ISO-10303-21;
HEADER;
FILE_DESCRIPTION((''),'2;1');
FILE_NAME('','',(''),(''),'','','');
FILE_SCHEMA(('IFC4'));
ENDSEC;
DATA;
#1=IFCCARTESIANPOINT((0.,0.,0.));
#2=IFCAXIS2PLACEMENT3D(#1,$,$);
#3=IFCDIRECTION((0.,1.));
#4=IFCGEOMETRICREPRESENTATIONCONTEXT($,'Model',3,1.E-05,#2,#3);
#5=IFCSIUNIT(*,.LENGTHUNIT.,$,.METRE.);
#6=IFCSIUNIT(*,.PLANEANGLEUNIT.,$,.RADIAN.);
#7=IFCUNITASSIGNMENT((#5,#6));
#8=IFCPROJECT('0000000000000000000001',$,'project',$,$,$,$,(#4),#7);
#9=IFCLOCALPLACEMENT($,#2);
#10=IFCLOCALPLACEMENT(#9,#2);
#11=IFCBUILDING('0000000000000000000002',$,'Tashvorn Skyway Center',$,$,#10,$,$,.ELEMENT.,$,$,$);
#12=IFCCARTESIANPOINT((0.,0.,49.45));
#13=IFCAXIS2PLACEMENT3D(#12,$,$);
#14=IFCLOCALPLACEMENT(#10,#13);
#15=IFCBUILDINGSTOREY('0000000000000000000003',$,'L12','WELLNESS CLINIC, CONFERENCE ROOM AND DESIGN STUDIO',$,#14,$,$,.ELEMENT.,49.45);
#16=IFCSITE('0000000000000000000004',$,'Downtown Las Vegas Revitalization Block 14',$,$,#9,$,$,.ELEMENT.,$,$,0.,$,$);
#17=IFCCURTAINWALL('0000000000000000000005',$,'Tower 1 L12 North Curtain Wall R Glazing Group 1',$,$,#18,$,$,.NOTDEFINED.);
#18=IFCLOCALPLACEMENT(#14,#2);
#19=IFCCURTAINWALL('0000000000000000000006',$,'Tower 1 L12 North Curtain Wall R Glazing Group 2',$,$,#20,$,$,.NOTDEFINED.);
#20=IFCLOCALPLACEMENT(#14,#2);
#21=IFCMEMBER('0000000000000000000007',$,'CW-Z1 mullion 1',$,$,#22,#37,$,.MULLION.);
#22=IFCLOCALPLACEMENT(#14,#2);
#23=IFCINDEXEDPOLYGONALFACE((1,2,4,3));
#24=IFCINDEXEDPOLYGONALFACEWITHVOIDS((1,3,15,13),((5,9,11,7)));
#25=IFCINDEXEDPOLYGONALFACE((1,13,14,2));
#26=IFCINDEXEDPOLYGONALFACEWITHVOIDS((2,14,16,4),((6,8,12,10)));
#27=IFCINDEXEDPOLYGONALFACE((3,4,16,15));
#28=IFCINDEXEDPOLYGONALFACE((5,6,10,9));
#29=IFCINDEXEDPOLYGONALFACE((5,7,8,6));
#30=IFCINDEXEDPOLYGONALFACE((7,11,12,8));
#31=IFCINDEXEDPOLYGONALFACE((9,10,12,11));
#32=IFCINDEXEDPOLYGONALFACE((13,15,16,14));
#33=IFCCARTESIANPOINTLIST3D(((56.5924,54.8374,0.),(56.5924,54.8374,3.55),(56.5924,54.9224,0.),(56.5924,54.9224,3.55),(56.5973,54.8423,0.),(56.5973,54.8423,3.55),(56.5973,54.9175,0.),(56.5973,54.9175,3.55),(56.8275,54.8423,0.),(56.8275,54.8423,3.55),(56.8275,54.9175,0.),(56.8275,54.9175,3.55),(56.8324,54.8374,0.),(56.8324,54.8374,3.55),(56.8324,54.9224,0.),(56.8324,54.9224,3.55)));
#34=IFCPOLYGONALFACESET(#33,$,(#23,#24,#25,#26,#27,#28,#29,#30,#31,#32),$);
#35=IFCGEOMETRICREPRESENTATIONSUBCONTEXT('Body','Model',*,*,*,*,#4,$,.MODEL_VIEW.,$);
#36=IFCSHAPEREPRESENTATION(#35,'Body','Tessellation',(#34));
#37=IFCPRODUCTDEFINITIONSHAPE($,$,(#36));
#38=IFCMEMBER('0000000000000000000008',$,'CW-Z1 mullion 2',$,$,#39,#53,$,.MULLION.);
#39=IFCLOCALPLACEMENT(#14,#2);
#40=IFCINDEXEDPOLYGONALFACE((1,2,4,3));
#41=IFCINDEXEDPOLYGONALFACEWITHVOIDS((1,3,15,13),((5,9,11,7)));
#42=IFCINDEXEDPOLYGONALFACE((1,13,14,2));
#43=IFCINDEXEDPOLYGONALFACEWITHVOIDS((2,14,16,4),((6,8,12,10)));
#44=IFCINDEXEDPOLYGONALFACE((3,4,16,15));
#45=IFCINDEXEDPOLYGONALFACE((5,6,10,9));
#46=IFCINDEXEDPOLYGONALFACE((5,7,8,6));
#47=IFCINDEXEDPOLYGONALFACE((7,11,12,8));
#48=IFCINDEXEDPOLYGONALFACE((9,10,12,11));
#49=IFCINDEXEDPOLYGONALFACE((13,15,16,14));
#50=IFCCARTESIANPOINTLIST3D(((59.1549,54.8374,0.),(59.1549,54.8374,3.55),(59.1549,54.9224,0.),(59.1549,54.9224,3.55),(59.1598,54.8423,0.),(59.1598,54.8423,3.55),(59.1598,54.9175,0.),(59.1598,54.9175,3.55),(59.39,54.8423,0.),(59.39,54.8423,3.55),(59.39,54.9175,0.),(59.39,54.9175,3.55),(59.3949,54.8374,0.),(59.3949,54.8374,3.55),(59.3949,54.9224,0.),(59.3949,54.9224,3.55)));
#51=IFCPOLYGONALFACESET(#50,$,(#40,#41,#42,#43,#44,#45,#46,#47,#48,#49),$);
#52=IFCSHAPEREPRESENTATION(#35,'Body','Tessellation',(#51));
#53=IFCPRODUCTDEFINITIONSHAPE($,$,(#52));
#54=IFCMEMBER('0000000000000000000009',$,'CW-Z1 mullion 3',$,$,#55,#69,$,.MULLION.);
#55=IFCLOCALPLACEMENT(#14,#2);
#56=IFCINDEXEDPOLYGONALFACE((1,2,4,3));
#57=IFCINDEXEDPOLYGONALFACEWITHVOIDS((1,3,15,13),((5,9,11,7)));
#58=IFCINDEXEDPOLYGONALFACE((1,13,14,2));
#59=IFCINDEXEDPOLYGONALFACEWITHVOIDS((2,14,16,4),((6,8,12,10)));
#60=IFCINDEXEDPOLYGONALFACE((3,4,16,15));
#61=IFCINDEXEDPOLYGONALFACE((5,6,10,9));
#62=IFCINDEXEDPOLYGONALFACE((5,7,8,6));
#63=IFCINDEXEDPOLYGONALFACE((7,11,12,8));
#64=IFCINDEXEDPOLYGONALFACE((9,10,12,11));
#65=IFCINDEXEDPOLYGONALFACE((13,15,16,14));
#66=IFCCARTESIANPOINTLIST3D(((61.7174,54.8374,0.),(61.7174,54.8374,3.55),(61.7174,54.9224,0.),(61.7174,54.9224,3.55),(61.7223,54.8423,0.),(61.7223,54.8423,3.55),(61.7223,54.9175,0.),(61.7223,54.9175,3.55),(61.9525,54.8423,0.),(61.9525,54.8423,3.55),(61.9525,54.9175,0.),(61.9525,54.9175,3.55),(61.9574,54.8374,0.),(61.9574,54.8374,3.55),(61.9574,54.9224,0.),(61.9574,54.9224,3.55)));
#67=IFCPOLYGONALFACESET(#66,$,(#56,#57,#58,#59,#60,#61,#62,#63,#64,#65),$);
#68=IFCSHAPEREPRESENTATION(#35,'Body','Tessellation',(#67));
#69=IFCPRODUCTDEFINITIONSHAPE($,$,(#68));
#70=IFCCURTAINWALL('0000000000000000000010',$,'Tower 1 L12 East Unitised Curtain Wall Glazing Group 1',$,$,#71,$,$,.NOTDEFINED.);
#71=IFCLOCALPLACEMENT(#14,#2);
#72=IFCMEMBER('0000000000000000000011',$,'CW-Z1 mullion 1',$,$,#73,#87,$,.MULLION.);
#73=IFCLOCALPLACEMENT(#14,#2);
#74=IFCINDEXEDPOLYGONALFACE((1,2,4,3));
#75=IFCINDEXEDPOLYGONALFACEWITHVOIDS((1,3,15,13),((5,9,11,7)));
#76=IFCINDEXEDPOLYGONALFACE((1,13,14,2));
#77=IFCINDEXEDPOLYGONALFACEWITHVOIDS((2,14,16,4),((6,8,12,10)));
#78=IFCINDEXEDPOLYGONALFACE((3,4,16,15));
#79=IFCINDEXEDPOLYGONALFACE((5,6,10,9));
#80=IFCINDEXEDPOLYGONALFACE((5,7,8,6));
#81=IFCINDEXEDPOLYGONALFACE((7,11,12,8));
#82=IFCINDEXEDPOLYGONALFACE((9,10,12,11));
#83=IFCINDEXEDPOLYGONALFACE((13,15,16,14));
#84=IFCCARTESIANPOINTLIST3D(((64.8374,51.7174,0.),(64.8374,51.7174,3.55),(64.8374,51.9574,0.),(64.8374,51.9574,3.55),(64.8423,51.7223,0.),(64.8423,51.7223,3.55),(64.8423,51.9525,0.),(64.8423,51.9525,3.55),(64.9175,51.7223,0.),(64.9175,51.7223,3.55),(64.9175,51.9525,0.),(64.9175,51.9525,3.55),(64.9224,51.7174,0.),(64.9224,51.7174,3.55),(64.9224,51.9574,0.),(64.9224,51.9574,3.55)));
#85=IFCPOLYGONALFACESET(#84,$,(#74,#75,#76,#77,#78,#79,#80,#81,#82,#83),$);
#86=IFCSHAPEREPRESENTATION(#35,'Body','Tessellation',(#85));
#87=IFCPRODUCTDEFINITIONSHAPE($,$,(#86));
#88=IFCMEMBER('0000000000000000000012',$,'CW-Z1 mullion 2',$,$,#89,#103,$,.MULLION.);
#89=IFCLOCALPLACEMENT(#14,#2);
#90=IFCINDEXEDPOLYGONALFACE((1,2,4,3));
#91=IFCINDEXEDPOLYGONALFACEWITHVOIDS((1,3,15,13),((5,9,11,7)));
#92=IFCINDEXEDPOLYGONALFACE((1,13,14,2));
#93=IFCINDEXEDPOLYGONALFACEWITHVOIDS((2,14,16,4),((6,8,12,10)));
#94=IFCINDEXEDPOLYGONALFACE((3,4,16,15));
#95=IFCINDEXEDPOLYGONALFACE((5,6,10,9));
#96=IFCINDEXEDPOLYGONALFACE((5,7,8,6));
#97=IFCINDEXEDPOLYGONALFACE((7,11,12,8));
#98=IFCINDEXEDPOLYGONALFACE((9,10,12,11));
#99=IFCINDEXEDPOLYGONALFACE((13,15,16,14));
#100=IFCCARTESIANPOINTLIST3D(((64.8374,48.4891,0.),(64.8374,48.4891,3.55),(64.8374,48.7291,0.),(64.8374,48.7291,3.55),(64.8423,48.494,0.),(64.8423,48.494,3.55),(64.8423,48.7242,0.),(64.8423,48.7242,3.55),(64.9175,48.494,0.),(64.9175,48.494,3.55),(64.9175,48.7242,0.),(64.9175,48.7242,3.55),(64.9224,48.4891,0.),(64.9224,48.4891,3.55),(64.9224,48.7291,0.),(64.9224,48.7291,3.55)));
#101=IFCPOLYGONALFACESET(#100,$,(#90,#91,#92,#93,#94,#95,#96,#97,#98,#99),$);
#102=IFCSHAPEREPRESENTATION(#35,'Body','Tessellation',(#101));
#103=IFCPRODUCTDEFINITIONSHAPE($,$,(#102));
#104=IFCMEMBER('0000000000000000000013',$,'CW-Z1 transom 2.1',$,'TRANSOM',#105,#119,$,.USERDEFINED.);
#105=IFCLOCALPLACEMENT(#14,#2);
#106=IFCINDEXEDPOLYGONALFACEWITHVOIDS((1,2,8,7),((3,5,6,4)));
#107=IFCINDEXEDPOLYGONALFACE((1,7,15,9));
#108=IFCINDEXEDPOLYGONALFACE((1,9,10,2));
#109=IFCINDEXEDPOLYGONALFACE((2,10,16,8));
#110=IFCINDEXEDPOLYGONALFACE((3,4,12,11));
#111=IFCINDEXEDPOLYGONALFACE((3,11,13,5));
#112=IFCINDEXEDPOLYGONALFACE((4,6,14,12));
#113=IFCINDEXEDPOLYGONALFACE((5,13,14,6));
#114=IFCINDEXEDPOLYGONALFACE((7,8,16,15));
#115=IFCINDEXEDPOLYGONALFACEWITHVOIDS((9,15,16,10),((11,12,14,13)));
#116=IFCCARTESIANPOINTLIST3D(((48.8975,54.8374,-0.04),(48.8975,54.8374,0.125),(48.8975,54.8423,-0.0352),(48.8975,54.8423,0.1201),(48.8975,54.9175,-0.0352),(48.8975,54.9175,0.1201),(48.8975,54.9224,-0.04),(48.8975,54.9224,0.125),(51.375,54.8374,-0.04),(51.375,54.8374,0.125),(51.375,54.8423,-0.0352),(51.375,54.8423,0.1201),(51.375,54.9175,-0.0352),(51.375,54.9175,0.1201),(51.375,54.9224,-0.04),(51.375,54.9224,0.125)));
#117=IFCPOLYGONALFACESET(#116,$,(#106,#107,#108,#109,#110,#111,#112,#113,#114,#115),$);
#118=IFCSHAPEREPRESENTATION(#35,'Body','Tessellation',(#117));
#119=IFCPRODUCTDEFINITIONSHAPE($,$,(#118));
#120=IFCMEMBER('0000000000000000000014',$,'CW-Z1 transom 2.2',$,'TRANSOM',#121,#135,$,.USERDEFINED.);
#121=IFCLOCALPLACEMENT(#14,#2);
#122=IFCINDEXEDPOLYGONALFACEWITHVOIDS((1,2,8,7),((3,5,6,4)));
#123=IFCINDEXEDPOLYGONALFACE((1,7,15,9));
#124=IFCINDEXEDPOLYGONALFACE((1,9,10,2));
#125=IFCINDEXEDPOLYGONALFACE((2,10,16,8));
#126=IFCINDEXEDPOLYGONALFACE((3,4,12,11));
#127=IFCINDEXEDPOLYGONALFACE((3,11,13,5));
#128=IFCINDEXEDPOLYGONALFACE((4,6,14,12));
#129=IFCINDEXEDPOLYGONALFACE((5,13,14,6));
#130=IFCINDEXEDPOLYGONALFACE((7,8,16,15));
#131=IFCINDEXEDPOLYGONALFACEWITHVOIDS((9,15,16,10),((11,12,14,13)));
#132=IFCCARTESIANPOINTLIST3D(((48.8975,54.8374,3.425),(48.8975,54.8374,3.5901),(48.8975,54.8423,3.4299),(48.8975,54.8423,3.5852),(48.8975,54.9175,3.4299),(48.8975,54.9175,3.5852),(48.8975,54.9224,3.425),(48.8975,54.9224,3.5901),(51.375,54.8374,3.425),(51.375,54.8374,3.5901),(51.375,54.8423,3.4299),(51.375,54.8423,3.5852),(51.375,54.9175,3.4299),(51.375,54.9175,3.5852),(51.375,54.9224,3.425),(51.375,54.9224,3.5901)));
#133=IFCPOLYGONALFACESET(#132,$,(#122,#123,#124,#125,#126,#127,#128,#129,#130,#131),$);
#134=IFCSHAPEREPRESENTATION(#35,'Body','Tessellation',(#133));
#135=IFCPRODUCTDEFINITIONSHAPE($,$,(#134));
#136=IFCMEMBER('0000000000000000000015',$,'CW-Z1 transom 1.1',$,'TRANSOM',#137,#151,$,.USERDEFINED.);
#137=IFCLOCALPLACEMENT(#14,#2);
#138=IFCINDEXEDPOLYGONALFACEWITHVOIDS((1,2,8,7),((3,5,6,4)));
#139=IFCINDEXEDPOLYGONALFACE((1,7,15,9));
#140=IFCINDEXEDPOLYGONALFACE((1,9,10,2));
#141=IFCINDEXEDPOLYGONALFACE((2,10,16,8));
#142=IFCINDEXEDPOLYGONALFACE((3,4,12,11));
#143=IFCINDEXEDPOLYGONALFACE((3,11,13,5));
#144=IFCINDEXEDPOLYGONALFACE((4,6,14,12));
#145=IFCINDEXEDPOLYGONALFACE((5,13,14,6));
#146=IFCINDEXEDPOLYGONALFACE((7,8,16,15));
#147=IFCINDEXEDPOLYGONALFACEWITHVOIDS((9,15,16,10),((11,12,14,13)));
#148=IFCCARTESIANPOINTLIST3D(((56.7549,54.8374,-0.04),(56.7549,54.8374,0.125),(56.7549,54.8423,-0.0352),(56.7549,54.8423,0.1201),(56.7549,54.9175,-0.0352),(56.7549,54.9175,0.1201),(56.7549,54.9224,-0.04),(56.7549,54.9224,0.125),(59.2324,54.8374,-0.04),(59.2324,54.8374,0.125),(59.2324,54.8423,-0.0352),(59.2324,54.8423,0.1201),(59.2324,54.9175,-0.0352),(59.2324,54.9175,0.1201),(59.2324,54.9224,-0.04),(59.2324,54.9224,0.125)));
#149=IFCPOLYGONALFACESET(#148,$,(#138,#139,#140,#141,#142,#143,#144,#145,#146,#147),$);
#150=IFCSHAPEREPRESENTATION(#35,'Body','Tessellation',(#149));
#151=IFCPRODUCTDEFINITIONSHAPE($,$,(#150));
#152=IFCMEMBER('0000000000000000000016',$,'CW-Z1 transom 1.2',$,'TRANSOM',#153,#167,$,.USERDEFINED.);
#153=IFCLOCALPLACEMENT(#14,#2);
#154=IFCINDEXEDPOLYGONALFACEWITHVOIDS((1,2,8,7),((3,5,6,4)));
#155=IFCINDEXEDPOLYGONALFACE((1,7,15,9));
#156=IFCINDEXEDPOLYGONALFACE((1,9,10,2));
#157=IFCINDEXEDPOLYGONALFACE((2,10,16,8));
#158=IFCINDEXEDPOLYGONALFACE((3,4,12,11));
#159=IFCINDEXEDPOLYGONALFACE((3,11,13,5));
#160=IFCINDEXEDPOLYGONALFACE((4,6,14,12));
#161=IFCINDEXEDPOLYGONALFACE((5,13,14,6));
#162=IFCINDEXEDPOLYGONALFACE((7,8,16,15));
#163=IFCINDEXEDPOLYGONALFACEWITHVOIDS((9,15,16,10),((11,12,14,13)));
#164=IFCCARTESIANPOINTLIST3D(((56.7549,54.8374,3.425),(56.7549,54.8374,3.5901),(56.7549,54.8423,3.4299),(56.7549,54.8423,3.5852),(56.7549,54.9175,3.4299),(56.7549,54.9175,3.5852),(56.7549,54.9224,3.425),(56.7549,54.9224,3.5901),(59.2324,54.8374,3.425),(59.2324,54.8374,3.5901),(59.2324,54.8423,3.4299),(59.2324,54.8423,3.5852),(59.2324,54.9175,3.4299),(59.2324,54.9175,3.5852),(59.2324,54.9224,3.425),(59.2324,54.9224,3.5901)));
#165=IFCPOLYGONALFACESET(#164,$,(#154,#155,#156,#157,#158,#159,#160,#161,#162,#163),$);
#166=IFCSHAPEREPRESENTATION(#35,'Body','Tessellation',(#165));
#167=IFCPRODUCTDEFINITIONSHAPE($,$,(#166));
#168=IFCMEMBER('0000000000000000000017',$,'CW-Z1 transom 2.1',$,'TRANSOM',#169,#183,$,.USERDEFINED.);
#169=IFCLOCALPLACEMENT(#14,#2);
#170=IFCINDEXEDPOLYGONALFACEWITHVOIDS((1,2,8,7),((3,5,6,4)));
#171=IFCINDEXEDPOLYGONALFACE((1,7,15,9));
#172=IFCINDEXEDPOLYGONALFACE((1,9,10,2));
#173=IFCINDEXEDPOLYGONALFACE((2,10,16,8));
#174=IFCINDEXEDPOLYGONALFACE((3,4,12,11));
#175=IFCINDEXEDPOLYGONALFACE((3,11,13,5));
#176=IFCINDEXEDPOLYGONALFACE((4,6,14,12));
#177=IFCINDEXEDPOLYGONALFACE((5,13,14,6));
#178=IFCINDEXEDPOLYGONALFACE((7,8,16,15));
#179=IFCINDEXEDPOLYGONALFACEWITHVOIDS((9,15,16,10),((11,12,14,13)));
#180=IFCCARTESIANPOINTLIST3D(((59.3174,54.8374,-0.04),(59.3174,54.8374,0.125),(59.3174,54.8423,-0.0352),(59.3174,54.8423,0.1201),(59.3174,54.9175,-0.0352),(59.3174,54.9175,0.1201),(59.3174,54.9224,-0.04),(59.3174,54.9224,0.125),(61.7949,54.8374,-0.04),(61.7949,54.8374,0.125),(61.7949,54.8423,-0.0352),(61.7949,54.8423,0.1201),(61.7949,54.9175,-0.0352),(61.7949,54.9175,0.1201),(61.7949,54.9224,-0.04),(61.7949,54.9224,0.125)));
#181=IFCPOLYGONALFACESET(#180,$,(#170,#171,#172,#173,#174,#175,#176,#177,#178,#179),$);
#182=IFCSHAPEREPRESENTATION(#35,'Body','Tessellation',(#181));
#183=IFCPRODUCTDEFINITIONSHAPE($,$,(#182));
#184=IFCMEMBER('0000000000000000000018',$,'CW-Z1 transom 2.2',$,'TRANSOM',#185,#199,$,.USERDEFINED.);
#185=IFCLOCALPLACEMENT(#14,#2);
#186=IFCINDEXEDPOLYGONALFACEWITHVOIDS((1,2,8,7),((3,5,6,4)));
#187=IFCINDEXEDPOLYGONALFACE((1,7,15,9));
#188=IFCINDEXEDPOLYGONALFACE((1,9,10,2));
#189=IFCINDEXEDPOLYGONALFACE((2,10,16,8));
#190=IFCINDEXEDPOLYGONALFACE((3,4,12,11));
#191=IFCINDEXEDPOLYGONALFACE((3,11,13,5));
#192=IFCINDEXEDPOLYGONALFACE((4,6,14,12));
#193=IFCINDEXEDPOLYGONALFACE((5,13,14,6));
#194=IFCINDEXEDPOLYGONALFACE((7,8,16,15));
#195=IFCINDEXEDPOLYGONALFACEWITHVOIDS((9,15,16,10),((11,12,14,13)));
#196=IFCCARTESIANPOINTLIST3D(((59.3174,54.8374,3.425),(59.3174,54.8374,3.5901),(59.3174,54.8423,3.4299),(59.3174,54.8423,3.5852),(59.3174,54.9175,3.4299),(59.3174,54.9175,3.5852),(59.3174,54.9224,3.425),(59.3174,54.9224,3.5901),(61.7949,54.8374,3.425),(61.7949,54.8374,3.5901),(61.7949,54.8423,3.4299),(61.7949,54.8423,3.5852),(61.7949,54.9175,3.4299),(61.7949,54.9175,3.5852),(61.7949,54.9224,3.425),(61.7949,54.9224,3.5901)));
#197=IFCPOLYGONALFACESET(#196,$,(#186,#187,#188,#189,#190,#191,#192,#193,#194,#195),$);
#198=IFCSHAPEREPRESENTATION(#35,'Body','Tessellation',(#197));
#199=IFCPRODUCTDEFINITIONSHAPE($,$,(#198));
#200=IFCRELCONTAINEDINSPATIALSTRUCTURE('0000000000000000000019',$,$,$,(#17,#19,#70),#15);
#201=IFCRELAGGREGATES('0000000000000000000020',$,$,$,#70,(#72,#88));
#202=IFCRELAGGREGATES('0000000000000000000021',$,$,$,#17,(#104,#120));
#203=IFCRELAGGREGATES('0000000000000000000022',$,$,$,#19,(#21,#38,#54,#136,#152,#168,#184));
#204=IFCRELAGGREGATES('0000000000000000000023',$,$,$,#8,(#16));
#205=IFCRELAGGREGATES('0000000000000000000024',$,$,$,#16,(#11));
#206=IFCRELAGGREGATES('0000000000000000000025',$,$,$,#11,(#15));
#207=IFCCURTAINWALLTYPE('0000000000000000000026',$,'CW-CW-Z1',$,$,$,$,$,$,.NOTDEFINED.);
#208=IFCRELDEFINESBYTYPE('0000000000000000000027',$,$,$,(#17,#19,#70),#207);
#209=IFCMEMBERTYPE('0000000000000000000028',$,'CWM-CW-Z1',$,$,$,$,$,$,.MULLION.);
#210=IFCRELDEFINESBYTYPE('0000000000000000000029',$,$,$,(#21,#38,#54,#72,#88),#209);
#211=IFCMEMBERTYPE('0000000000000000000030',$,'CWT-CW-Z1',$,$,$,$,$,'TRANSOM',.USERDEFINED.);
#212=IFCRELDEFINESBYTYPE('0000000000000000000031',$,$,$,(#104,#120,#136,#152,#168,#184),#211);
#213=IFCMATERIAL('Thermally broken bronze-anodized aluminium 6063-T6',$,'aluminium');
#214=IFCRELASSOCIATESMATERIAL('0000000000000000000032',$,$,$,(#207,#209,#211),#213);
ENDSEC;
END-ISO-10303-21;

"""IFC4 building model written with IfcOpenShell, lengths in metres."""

from ifc_helpers import new_model, si_unit, direction, frame, origin, origin_2d, place, context, subcontext, project, spatial, hollow_rectangle, extrude, material, material_profile, profile_set, type_object, element, aggregate, save


model = new_model("IFC4")

# Units and contexts
model_context = context("Model", 3, precision=1e-05, world=origin(), true_north=direction((0.0, 1.0)))
body_context = subcontext(model_context, "Body", "Model", "MODEL_VIEW")
ifc_project = project(units=[si_unit("LENGTHUNIT", "METRE"), si_unit("PLANEANGLEUNIT", "RADIAN")], contexts=[model_context])

# Site, building, storey
site_placement = place(None, origin())
site = spatial("IfcSite", under=ifc_project, at=site_placement, Name="Downtown Las Vegas Revitalization Block 14", CompositionType="ELEMENT", RefElevation=0.0)
building_placement = place(site_placement, origin())
building = spatial("IfcBuilding", under=site, at=building_placement, Name="Tashvorn Skyway Center", CompositionType="ELEMENT")
storey_placement = place(building_placement, frame((0.0, 0.0, 49.45)))
storey = spatial("IfcBuildingStorey", under=building, at=storey_placement, Name="L12", Description="WELLNESS CLINIC, CONFERENCE ROOM AND DESIGN STUDIO", CompositionType="ELEMENT", Elevation=49.45)

# Curtain walls, members
ifc_material_1 = material(Name="Thermally broken bronze-anodized aluminium 6063-T6", Category="aluminium")
curtain_wall_type = type_object("IfcCurtainWallType", Name="CW-CW-Z1", PredefinedType="NOTDEFINED", material=ifc_material_1)
curtain_wall_1_placement = place(storey_placement, origin())
curtain_wall_1 = element("IfcCurtainWall", 1, at=curtain_wall_1_placement, inside=storey, type_object=curtain_wall_type, Name="Tower 1 L12 North Curtain Wall R Glazing Group 1", PredefinedType="NOTDEFINED")
ifc_material_profile_1 = material_profile(ifc_material_1, hollow_rectangle(XDim=0.085, YDim=0.24, WallThickness=0.0049, at=origin_2d()), Name="ALU-MULL-85x240")
ifc_profile_set_1 = profile_set([ifc_material_profile_1], Name="Thermally broken bronze-anodized aluminium 6063-T6")
member_type_1 = type_object("IfcMemberType", Name="CWM-CW-Z1", PredefinedType="MULLION", material=ifc_profile_set_1)
curtain_wall_2_placement = place(storey_placement, origin())
curtain_wall_2 = element("IfcCurtainWall", 2, at=curtain_wall_2_placement, inside=storey, type_object=curtain_wall_type, Name="Tower 1 L12 North Curtain Wall R Glazing Group 2", PredefinedType="NOTDEFINED")
member_1_placement = place(storey_placement, frame((56.7124, 54.8799, 0.0), z_axis=(0.0, 0.0, 1.0), x_axis=(0.0, 1.0, 0.0)))
member_1 = element("IfcMember", 3, at=member_1_placement, type_object=member_type_1, Name="CW-Z1 mullion 1", PredefinedType="MULLION", context=body_context, shape_type="SweptSolid", body=[
    extrude(hollow_rectangle(XDim=0.085, YDim=0.24, WallThickness=0.0049, at=origin_2d()), origin(), (0.0, 0.0, 1.0), 3.55),
])
member_2_placement = place(storey_placement, frame((59.2749, 54.8799, 0.0), z_axis=(0.0, 0.0, 1.0), x_axis=(0.0, 1.0, 0.0)))
member_2 = element("IfcMember", 4, at=member_2_placement, type_object=member_type_1, Name="CW-Z1 mullion 2", PredefinedType="MULLION", context=body_context, shape_type="SweptSolid", body=[
    extrude(hollow_rectangle(XDim=0.085, YDim=0.24, WallThickness=0.0049, at=origin_2d()), origin(), (0.0, 0.0, 1.0), 3.55),
])
member_3_placement = place(storey_placement, frame((61.8374, 54.8799, 0.0), z_axis=(0.0, 0.0, 1.0), x_axis=(0.0, 1.0, 0.0)))
member_3 = element("IfcMember", 5, at=member_3_placement, type_object=member_type_1, Name="CW-Z1 mullion 3", PredefinedType="MULLION", context=body_context, shape_type="SweptSolid", body=[
    extrude(hollow_rectangle(XDim=0.085, YDim=0.24, WallThickness=0.0049, at=origin_2d()), origin(), (0.0, 0.0, 1.0), 3.55),
])
curtain_wall_3_placement = place(storey_placement, origin())
curtain_wall_3 = element("IfcCurtainWall", 6, at=curtain_wall_3_placement, inside=storey, type_object=curtain_wall_type, Name="Tower 1 L12 East Unitised Curtain Wall Glazing Group 1", PredefinedType="NOTDEFINED")
member_4_placement = place(storey_placement, frame((64.8799, 51.8374, 0.0), z_axis=(0.0, 0.0, 1.0), x_axis=(1.0, 0.0, 0.0)))
member_4 = element("IfcMember", 7, at=member_4_placement, type_object=member_type_1, Name="CW-Z1 mullion 1", PredefinedType="MULLION", context=body_context, shape_type="SweptSolid", body=[
    extrude(hollow_rectangle(XDim=0.085, YDim=0.24, WallThickness=0.0049, at=origin_2d()), origin(), (0.0, 0.0, 1.0), 3.55),
])
member_5_placement = place(storey_placement, frame((64.8799, 48.6091, 0.0), z_axis=(0.0, 0.0, 1.0), x_axis=(1.0, 0.0, 0.0)))
member_5 = element("IfcMember", 8, at=member_5_placement, type_object=member_type_1, Name="CW-Z1 mullion 2", PredefinedType="MULLION", context=body_context, shape_type="SweptSolid", body=[
    extrude(hollow_rectangle(XDim=0.085, YDim=0.24, WallThickness=0.0049, at=origin_2d()), origin(), (0.0, 0.0, 1.0), 3.55),
])

# Members
ifc_material_profile_2 = material_profile(ifc_material_1, hollow_rectangle(XDim=0.085, YDim=0.165, WallThickness=0.0049, at=origin_2d()), Name="ALU-TRAN-85x165")
ifc_profile_set_2 = profile_set([ifc_material_profile_2], Name="Thermally broken bronze-anodized aluminium 6063-T6")
member_type_2 = type_object("IfcMemberType", Name="CWT-CW-Z1", ElementType="TRANSOM", PredefinedType="USERDEFINED", material=ifc_profile_set_2)
member_6_placement = place(storey_placement, frame((48.8975, 54.8799, 0.0425), z_axis=(1.0, 0.0, 0.0), x_axis=(0.0, 1.0, 0.0)))
member_6 = element("IfcMember", 9, at=member_6_placement, type_object=member_type_2, Name="CW-Z1 transom 2.1", ObjectType="TRANSOM", PredefinedType="USERDEFINED", context=body_context, shape_type="SweptSolid", body=[
    extrude(hollow_rectangle(XDim=0.085, YDim=0.165, WallThickness=0.0049, at=origin_2d()), origin(), (0.0, 0.0, 1.0), 2.4775),
])
member_7_placement = place(storey_placement, frame((48.8975, 54.8799, 3.5076), z_axis=(1.0, 0.0, 0.0), x_axis=(0.0, 1.0, 0.0)))
member_7 = element("IfcMember", 10, at=member_7_placement, type_object=member_type_2, Name="CW-Z1 transom 2.2", ObjectType="TRANSOM", PredefinedType="USERDEFINED", context=body_context, shape_type="SweptSolid", body=[
    extrude(hollow_rectangle(XDim=0.085, YDim=0.165, WallThickness=0.0049, at=origin_2d()), origin(), (0.0, 0.0, 1.0), 2.4775),
])
member_8_placement = place(storey_placement, frame((56.7549, 54.8799, 0.0425), z_axis=(1.0, 0.0, 0.0), x_axis=(0.0, 1.0, 0.0)))
member_8 = element("IfcMember", 11, at=member_8_placement, type_object=member_type_2, Name="CW-Z1 transom 1.1", ObjectType="TRANSOM", PredefinedType="USERDEFINED", context=body_context, shape_type="SweptSolid", body=[
    extrude(hollow_rectangle(XDim=0.085, YDim=0.165, WallThickness=0.0049, at=origin_2d()), origin(), (0.0, 0.0, 1.0), 2.4775),
])
member_9_placement = place(storey_placement, frame((56.7549, 54.8799, 3.5076), z_axis=(1.0, 0.0, 0.0), x_axis=(0.0, 1.0, 0.0)))
member_9 = element("IfcMember", 12, at=member_9_placement, type_object=member_type_2, Name="CW-Z1 transom 1.2", ObjectType="TRANSOM", PredefinedType="USERDEFINED", context=body_context, shape_type="SweptSolid", body=[
    extrude(hollow_rectangle(XDim=0.085, YDim=0.165, WallThickness=0.0049, at=origin_2d()), origin(), (0.0, 0.0, 1.0), 2.4775),
])
member_10_placement = place(storey_placement, frame((59.3174, 54.8799, 0.0425), z_axis=(1.0, 0.0, 0.0), x_axis=(0.0, 1.0, 0.0)))
member_10 = element("IfcMember", 13, at=member_10_placement, type_object=member_type_2, Name="CW-Z1 transom 2.1", ObjectType="TRANSOM", PredefinedType="USERDEFINED", context=body_context, shape_type="SweptSolid", body=[
    extrude(hollow_rectangle(XDim=0.085, YDim=0.165, WallThickness=0.0049, at=origin_2d()), origin(), (0.0, 0.0, 1.0), 2.4775),
])
member_11_placement = place(storey_placement, frame((59.3174, 54.8799, 3.5076), z_axis=(1.0, 0.0, 0.0), x_axis=(0.0, 1.0, 0.0)))
member_11 = element("IfcMember", 14, at=member_11_placement, type_object=member_type_2, Name="CW-Z1 transom 2.2", ObjectType="TRANSOM", PredefinedType="USERDEFINED", context=body_context, shape_type="SweptSolid", body=[
    extrude(hollow_rectangle(XDim=0.085, YDim=0.165, WallThickness=0.0049, at=origin_2d()), origin(), (0.0, 0.0, 1.0), 2.4775),
])
aggregate(curtain_wall_3, [member_4, member_5])

aggregate(curtain_wall_1, [member_6, member_7])
aggregate(curtain_wall_2, [member_1, member_2, member_3, member_8, member_9, member_10, member_11])

save(model, "model.ifc")
